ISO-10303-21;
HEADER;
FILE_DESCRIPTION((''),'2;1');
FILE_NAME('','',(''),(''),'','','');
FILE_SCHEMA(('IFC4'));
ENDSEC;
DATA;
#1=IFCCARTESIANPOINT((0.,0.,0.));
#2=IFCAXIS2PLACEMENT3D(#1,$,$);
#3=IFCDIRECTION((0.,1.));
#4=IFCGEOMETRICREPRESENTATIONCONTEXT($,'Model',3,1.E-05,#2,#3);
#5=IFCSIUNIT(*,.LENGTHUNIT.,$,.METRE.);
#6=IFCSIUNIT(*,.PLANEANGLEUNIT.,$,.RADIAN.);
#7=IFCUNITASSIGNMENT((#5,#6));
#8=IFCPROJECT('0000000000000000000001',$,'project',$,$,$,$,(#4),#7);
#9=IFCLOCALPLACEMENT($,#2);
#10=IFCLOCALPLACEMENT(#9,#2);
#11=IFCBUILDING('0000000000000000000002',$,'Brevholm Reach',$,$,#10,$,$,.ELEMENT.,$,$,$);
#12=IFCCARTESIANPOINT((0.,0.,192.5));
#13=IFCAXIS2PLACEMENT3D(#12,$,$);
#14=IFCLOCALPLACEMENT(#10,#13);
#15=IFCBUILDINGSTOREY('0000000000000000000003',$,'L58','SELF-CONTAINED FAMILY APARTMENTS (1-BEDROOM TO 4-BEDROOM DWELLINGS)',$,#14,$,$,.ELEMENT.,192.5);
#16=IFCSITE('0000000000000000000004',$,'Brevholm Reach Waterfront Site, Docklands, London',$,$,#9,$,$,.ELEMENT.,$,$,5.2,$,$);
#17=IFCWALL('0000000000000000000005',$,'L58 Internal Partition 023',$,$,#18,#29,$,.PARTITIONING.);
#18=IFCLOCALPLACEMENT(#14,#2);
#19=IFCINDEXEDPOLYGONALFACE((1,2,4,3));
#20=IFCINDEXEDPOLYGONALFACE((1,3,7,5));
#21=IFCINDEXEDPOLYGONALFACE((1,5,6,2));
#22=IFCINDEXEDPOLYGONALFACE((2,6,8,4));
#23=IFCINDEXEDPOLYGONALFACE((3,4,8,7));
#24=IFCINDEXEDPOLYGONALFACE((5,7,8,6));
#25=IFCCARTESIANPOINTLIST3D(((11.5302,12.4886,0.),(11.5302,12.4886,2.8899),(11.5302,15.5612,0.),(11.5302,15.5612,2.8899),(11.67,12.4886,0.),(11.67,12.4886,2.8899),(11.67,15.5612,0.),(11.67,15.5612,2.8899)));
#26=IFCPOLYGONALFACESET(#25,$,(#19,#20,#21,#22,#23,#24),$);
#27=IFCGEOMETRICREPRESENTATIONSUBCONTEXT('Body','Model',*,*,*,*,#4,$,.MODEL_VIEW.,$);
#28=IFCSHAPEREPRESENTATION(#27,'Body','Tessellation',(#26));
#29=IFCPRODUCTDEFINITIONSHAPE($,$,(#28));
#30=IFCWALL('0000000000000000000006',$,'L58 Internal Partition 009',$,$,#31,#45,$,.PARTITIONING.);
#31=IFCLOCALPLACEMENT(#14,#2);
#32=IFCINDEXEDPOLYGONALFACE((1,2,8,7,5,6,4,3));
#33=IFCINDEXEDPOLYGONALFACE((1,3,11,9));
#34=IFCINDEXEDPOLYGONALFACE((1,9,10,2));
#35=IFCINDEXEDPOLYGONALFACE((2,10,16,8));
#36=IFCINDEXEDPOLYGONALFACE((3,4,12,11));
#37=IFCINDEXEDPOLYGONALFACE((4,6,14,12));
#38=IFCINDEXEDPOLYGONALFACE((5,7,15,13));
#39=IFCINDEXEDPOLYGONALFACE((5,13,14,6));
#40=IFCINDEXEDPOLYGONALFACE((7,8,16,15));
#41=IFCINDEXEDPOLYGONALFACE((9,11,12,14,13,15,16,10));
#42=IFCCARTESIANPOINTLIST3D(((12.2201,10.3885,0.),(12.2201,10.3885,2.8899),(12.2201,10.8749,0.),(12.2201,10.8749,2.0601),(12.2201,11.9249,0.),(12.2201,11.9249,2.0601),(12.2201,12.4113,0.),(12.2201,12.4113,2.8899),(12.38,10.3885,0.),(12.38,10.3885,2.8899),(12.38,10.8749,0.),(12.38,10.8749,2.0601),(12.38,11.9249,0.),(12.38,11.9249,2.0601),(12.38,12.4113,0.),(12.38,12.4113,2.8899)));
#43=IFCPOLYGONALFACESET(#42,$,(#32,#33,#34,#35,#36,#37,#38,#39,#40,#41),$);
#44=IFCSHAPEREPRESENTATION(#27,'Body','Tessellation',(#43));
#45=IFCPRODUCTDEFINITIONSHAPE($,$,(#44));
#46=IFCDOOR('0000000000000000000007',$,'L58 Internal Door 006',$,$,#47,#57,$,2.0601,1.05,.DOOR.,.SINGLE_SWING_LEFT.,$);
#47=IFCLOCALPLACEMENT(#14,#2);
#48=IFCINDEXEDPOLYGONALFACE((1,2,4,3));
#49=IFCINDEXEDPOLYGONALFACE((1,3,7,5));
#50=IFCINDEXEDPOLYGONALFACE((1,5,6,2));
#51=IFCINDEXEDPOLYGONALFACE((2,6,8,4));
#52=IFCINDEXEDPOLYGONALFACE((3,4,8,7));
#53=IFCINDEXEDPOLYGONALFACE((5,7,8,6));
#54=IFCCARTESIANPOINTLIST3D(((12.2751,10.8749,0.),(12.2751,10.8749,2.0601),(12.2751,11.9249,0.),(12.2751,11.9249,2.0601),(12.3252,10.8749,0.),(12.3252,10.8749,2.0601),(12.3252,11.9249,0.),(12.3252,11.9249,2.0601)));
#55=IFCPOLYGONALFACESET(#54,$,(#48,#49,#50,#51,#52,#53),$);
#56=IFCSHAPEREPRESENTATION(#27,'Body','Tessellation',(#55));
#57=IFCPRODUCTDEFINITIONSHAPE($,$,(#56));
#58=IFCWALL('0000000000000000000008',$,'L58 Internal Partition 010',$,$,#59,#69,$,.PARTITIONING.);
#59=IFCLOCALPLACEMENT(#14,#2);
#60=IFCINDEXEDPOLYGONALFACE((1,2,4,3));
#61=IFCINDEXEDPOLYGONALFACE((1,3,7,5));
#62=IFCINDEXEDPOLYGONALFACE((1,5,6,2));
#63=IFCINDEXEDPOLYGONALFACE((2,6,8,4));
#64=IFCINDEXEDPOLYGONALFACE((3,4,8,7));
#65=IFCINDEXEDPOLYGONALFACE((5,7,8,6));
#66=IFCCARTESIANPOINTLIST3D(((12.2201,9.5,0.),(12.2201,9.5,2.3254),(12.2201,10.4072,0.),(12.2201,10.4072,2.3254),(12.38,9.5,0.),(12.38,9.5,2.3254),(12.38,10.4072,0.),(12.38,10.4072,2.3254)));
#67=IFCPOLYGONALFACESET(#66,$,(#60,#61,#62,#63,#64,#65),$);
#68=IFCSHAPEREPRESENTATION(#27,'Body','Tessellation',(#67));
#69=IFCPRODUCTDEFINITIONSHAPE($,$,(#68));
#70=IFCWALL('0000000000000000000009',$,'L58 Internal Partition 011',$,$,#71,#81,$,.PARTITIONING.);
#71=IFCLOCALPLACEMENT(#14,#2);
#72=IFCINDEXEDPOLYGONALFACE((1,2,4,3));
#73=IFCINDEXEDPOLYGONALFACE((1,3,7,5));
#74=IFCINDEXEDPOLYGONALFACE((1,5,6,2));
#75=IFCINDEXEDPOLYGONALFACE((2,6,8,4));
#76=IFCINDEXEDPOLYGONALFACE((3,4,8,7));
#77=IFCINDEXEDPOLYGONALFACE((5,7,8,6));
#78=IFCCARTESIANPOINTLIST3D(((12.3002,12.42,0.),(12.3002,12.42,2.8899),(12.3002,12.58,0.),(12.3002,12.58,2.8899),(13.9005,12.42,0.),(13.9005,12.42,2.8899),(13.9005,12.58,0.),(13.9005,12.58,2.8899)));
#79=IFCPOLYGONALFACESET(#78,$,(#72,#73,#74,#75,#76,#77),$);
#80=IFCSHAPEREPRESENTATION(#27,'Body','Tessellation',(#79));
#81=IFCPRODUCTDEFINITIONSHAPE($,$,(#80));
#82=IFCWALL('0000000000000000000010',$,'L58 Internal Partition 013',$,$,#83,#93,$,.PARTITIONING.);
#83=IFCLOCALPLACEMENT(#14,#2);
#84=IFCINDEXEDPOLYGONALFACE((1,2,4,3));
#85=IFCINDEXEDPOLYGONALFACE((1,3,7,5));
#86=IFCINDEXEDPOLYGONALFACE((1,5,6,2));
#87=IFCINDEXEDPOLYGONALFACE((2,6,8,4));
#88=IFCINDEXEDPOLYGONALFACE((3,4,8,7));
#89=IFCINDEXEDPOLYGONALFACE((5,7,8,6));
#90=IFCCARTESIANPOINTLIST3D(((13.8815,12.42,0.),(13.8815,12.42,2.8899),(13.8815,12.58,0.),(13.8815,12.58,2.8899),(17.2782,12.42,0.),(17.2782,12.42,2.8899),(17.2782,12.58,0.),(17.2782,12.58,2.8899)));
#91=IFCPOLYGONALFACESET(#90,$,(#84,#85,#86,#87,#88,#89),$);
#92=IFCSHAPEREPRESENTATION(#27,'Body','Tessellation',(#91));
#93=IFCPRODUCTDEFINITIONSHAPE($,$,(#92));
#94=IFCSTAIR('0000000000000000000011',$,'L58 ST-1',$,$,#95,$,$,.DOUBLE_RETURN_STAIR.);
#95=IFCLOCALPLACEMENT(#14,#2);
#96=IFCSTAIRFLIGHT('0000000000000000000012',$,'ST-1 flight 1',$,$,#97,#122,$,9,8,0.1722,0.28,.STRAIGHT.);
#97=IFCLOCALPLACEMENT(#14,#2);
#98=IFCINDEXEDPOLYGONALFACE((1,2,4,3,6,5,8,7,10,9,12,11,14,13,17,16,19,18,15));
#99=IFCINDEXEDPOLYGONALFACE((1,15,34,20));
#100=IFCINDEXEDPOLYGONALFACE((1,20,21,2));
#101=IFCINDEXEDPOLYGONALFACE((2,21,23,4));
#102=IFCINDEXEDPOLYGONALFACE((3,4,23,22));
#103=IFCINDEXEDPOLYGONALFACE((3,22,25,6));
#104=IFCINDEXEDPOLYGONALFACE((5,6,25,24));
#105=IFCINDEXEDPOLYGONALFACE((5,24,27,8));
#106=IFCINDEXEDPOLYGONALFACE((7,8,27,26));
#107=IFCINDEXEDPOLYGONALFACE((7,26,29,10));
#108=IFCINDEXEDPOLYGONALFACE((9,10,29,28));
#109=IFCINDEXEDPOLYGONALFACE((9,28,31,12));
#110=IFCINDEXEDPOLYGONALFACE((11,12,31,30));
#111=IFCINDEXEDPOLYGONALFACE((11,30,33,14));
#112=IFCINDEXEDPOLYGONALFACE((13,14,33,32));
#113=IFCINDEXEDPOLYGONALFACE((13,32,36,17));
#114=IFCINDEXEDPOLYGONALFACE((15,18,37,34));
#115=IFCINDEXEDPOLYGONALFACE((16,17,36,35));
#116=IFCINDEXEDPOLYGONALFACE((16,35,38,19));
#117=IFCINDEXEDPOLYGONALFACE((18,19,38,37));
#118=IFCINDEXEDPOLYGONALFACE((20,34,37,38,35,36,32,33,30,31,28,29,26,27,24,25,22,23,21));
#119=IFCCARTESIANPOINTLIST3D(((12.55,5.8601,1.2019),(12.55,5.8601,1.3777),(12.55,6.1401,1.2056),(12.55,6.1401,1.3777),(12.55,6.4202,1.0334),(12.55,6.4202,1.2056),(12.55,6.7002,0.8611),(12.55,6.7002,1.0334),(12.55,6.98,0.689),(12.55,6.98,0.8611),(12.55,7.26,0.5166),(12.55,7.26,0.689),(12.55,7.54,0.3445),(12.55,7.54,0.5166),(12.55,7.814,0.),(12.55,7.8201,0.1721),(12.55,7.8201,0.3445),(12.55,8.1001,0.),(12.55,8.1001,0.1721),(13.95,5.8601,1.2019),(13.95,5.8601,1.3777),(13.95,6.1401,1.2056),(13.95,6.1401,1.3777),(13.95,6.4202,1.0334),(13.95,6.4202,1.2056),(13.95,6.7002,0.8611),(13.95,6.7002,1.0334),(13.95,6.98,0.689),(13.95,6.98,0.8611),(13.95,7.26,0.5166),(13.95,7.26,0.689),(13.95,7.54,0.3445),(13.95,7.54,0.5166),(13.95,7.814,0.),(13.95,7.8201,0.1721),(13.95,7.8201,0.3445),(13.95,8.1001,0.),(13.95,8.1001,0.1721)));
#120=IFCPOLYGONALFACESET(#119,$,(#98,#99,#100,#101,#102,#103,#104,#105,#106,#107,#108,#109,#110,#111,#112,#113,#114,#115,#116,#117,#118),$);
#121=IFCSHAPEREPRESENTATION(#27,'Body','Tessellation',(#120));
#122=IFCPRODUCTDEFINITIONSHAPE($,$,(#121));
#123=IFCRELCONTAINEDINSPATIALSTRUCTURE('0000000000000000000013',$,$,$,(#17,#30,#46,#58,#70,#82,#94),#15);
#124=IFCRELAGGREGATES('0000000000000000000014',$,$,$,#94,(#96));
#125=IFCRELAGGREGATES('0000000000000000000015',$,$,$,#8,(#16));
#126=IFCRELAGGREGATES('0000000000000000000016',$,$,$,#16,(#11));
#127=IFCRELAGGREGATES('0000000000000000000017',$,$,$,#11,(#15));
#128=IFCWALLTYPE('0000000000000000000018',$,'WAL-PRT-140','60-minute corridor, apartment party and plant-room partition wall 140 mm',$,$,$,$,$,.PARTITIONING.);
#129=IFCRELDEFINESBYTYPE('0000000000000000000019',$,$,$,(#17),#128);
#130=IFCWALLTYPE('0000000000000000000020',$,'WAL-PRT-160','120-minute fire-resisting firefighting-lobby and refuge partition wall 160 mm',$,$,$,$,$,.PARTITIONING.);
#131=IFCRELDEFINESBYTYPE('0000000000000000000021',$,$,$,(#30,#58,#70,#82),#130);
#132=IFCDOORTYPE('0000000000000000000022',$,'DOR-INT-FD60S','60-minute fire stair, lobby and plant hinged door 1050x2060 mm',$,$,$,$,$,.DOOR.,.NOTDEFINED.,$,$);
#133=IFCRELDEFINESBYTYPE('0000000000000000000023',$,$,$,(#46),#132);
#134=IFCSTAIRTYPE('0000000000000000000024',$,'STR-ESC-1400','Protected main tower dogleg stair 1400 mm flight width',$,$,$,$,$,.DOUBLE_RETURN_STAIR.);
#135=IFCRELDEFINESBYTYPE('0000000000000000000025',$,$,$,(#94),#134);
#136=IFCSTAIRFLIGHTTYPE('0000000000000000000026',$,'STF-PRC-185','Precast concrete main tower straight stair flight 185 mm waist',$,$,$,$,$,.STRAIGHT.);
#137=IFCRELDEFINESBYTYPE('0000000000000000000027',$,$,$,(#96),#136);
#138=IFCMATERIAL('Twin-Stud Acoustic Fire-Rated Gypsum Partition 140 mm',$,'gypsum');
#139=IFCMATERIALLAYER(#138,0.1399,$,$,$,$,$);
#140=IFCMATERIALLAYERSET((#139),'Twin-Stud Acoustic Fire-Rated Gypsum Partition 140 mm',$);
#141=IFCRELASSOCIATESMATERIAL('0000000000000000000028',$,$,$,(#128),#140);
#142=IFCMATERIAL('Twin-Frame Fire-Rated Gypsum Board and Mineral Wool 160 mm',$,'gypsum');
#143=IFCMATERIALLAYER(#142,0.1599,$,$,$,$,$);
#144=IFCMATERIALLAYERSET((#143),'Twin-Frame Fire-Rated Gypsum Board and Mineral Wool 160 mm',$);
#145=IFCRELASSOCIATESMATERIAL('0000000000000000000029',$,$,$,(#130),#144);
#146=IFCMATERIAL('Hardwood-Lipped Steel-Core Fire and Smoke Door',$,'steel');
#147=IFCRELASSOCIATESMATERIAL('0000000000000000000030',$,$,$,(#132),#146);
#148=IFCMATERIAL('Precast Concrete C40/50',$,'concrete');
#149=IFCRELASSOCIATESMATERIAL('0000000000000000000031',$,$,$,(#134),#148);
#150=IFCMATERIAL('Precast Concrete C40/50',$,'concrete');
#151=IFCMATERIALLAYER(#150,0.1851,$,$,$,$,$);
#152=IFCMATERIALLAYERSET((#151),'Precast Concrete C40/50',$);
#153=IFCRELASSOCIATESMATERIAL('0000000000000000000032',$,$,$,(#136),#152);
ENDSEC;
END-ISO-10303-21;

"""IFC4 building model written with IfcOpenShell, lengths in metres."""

from ifc_helpers import new_model, si_unit, direction, frame, frame_2d, origin, place, context, subcontext, project, spatial, polyline, rectangle, outline, extrude, material, layer, layer_set, type_object, element, fill, aggregate, save


model = new_model("IFC4")

# Units and contexts
model_context = context("Model", 3, precision=1e-05, world=origin(), true_north=direction((0.0, 1.0)))
body_context = subcontext(model_context, "Body", "Model", "MODEL_VIEW")
ifc_project = project(units=[si_unit("LENGTHUNIT", "METRE"), si_unit("PLANEANGLEUNIT", "RADIAN")], contexts=[model_context])

# Site, building, storey
site_placement = place(None, origin())
site = spatial("IfcSite", under=ifc_project, at=site_placement, Name="Brevholm Reach Waterfront Site, Docklands, London", CompositionType="ELEMENT", RefElevation=5.2)
building_placement = place(site_placement, origin())
building = spatial("IfcBuilding", under=site, at=building_placement, Name="Brevholm Reach", CompositionType="ELEMENT")
storey_placement = place(building_placement, frame((0.0, 0.0, 192.5)))
storey = spatial("IfcBuildingStorey", under=building, at=storey_placement, Name="L58", Description="SELF-CONTAINED FAMILY APARTMENTS (1-BEDROOM TO 4-BEDROOM DWELLINGS)", CompositionType="ELEMENT", Elevation=192.5)

# Shared definitions
ifc_material_1 = material(Name="Twin-Stud Acoustic Fire-Rated Gypsum Partition 140 mm", Category="gypsum")
ifc_layer_1 = layer(ifc_material_1, 0.1399)
ifc_layer_set_1 = layer_set([ifc_layer_1], Name="Twin-Stud Acoustic Fire-Rated Gypsum Partition 140 mm")
wall_type_1 = type_object("IfcWallType", Name="WAL-PRT-140", Description="60-minute corridor, apartment party and plant-room partition wall 140 mm", PredefinedType="PARTITIONING", material=ifc_layer_set_1)

# Wall
wall_1_placement = place(storey_placement, frame((11.6001, 12.4888, 0.0), z_axis=(0.0, 0.0, 1.0), x_axis=(0.0, 1.0, 0.0)))
element("IfcWall", 1, at=wall_1_placement, inside=storey, type_object=wall_type_1, Name="L58 Internal Partition 023", PredefinedType="PARTITIONING", context=body_context, shape_type="SweptSolid", body=[
    extrude(rectangle(XDim=3.0725, YDim=0.1399, at=frame_2d((1.5361, 0.0))), origin(), (0.0, 0.0, 1.0), 2.8899),
])

# Wall, opening, door
ifc_material_2 = material(Name="Twin-Frame Fire-Rated Gypsum Board and Mineral Wool 160 mm", Category="gypsum")
ifc_layer_2 = layer(ifc_material_2, 0.1599)
ifc_layer_set_2 = layer_set([ifc_layer_2], Name="Twin-Frame Fire-Rated Gypsum Board and Mineral Wool 160 mm")
wall_type_2 = type_object("IfcWallType", Name="WAL-PRT-160", Description="120-minute fire-resisting firefighting-lobby and refuge partition wall 160 mm", PredefinedType="PARTITIONING", material=ifc_layer_set_2)
wall_2_placement = place(storey_placement, frame((12.3, 10.3887, 0.0), z_axis=(0.0, 0.0, 1.0), x_axis=(0.0, 1.0, 0.0)))
wall_2 = element("IfcWall", 2, at=wall_2_placement, inside=storey, type_object=wall_type_2, Name="L58 Internal Partition 009", PredefinedType="PARTITIONING", context=body_context, shape_type="SweptSolid", body=[
    extrude(rectangle(XDim=2.0227, YDim=0.1599, at=frame_2d((1.0112, 0.0))), origin(), (0.0, 0.0, 1.0), 2.8899),
])
opening_1_placement = place(wall_2_placement, frame((0.4863, 0.0, 0.0)))
opening_1 = element("IfcOpeningElement", 3, at=opening_1_placement, cuts=wall_2, PredefinedType="OPENING", context=body_context, shape_type="SweptSolid", body=[
    extrude(rectangle(XDim=1.05, YDim=2.0601, at=frame_2d((0.5249, 1.03))), frame((0.0, 0.0898, 0.0), z_axis=(0.0, -1.0, 0.0), x_axis=(1.0, 0.0, 0.0)), (0.0, 0.0, 1.0), 0.1799),
])
ifc_material_3 = material(Name="Hardwood-Lipped Steel-Core Fire and Smoke Door", Category="steel")
door_type_1 = type_object("IfcDoorType", Name="DOR-INT-FD60S", Description="60-minute fire stair, lobby and plant hinged door 1050x2060 mm", OperationType="NOTDEFINED", PredefinedType="DOOR", material=ifc_material_3)
door_1_placement = place(opening_1_placement, origin())
door_1 = element("IfcDoor", 4, at=door_1_placement, inside=storey, type_object=door_type_1, Name="L58 Internal Door 006", OperationType="SINGLE_SWING_LEFT", OverallHeight=2.0601, OverallWidth=1.05, PredefinedType="DOOR", context=body_context, shape_type="SweptSolid", body=[
    extrude(rectangle(XDim=1.05, YDim=2.0601, at=frame_2d((0.5249, 1.03))), frame((0.0, 0.0249, 0.0), z_axis=(0.0, -1.0, 0.0), x_axis=(1.0, 0.0, 0.0)), (0.0, 0.0, 1.0), 0.05),
])
fill(opening_1, door_1)

# Walls
wall_3_placement = place(storey_placement, frame((12.3, 9.5, 0.0), z_axis=(0.0, 0.0, 1.0), x_axis=(0.0, 1.0, 0.0)))
element("IfcWall", 5, at=wall_3_placement, inside=storey, type_object=wall_type_2, Name="L58 Internal Partition 010", PredefinedType="PARTITIONING", context=body_context, shape_type="SweptSolid", body=[
    extrude(rectangle(XDim=0.9072, YDim=0.1599, at=frame_2d((0.4536, 0.0))), origin(), (0.0, 0.0, 1.0), 2.3254),
])
wall_4_placement = place(storey_placement, frame((12.3, 12.5, 0.0), z_axis=(0.0, 0.0, 1.0), x_axis=(1.0, 0.0, 0.0)))
element("IfcWall", 6, at=wall_4_placement, inside=storey, type_object=wall_type_2, Name="L58 Internal Partition 011", PredefinedType="PARTITIONING", context=body_context, shape_type="SweptSolid", body=[
    extrude(rectangle(XDim=1.6003, YDim=0.1599, at=frame_2d((0.8003, 0.0))), origin(), (0.0, 0.0, 1.0), 2.8899),
])
wall_5_placement = place(storey_placement, frame((13.8816, 12.5, 0.0), z_axis=(0.0, 0.0, 1.0), x_axis=(1.0, 0.0, 0.0)))
element("IfcWall", 7, at=wall_5_placement, inside=storey, type_object=wall_type_2, Name="L58 Internal Partition 013", PredefinedType="PARTITIONING", context=body_context, shape_type="SweptSolid", body=[
    extrude(rectangle(XDim=3.3967, YDim=0.1599, at=frame_2d((1.6982, 0.0))), origin(), (0.0, 0.0, 1.0), 2.8899),
])

# Stair, stair flight
ifc_material_4 = material(Name="Precast Concrete C40/50", Category="concrete")
stair_type = type_object("IfcStairType", Name="STR-ESC-1400", Description="Protected main tower dogleg stair 1400 mm flight width", PredefinedType="DOUBLE_RETURN_STAIR", material=ifc_material_4)
stair_placement = place(storey_placement, origin())
stair = element("IfcStair", 8, at=stair_placement, inside=storey, type_object=stair_type, Name="L58 ST-1", PredefinedType="DOUBLE_RETURN_STAIR")
ifc_material_5 = material(Name="Precast Concrete C40/50", Category="concrete")
ifc_layer_3 = layer(ifc_material_5, 0.1851)
ifc_layer_set_3 = layer_set([ifc_layer_3], Name="Precast Concrete C40/50")
stair_flight_type = type_object("IfcStairFlightType", Name="STF-PRC-185", Description="Precast concrete main tower straight stair flight 185 mm waist", PredefinedType="STRAIGHT", material=ifc_layer_set_3)
stair_flight_placement = place(storey_placement, frame((13.25, 8.1001, 0.0), z_axis=(0.0, 0.0, 1.0), x_axis=(0.0, -1.0, 0.0)))
stair_flight = element("IfcStairFlight", 9, at=stair_flight_placement, type_object=stair_flight_type, Name="ST-1 flight 1", NumberOfRisers=9, NumberOfTreads=8, PredefinedType="STRAIGHT", RiserHeight=0.1722, TreadLength=0.28, context=body_context, shape_type="SweptSolid", body=[
    extrude(outline(polyline([(0.0, 0.0), (0.0, 0.1721), (0.28, 0.1721), (0.28, 0.3445), (0.5601, 0.3445), (0.5601, 0.5166), (0.8401, 0.5166), (0.8401, 0.689), (1.1201, 0.689), (1.1201, 0.8611), (1.3999, 0.8611), (1.3999, 1.0334), (1.6799, 1.0334), (1.6799, 1.2056), (1.96, 1.2056), (1.96, 1.3777), (2.24, 1.3777), (2.24, 1.55), (2.24, 1.2019), (0.2861, 0.0), (0.0, 0.0)])), frame((0.0, 0.7, 0.0), z_axis=(0.0, -1.0, 0.0), x_axis=(1.0, 0.0, 0.0)), (0.0, 0.0, 1.0), 1.3999),
])
aggregate(stair, [stair_flight])

save(model, "model.ifc")
